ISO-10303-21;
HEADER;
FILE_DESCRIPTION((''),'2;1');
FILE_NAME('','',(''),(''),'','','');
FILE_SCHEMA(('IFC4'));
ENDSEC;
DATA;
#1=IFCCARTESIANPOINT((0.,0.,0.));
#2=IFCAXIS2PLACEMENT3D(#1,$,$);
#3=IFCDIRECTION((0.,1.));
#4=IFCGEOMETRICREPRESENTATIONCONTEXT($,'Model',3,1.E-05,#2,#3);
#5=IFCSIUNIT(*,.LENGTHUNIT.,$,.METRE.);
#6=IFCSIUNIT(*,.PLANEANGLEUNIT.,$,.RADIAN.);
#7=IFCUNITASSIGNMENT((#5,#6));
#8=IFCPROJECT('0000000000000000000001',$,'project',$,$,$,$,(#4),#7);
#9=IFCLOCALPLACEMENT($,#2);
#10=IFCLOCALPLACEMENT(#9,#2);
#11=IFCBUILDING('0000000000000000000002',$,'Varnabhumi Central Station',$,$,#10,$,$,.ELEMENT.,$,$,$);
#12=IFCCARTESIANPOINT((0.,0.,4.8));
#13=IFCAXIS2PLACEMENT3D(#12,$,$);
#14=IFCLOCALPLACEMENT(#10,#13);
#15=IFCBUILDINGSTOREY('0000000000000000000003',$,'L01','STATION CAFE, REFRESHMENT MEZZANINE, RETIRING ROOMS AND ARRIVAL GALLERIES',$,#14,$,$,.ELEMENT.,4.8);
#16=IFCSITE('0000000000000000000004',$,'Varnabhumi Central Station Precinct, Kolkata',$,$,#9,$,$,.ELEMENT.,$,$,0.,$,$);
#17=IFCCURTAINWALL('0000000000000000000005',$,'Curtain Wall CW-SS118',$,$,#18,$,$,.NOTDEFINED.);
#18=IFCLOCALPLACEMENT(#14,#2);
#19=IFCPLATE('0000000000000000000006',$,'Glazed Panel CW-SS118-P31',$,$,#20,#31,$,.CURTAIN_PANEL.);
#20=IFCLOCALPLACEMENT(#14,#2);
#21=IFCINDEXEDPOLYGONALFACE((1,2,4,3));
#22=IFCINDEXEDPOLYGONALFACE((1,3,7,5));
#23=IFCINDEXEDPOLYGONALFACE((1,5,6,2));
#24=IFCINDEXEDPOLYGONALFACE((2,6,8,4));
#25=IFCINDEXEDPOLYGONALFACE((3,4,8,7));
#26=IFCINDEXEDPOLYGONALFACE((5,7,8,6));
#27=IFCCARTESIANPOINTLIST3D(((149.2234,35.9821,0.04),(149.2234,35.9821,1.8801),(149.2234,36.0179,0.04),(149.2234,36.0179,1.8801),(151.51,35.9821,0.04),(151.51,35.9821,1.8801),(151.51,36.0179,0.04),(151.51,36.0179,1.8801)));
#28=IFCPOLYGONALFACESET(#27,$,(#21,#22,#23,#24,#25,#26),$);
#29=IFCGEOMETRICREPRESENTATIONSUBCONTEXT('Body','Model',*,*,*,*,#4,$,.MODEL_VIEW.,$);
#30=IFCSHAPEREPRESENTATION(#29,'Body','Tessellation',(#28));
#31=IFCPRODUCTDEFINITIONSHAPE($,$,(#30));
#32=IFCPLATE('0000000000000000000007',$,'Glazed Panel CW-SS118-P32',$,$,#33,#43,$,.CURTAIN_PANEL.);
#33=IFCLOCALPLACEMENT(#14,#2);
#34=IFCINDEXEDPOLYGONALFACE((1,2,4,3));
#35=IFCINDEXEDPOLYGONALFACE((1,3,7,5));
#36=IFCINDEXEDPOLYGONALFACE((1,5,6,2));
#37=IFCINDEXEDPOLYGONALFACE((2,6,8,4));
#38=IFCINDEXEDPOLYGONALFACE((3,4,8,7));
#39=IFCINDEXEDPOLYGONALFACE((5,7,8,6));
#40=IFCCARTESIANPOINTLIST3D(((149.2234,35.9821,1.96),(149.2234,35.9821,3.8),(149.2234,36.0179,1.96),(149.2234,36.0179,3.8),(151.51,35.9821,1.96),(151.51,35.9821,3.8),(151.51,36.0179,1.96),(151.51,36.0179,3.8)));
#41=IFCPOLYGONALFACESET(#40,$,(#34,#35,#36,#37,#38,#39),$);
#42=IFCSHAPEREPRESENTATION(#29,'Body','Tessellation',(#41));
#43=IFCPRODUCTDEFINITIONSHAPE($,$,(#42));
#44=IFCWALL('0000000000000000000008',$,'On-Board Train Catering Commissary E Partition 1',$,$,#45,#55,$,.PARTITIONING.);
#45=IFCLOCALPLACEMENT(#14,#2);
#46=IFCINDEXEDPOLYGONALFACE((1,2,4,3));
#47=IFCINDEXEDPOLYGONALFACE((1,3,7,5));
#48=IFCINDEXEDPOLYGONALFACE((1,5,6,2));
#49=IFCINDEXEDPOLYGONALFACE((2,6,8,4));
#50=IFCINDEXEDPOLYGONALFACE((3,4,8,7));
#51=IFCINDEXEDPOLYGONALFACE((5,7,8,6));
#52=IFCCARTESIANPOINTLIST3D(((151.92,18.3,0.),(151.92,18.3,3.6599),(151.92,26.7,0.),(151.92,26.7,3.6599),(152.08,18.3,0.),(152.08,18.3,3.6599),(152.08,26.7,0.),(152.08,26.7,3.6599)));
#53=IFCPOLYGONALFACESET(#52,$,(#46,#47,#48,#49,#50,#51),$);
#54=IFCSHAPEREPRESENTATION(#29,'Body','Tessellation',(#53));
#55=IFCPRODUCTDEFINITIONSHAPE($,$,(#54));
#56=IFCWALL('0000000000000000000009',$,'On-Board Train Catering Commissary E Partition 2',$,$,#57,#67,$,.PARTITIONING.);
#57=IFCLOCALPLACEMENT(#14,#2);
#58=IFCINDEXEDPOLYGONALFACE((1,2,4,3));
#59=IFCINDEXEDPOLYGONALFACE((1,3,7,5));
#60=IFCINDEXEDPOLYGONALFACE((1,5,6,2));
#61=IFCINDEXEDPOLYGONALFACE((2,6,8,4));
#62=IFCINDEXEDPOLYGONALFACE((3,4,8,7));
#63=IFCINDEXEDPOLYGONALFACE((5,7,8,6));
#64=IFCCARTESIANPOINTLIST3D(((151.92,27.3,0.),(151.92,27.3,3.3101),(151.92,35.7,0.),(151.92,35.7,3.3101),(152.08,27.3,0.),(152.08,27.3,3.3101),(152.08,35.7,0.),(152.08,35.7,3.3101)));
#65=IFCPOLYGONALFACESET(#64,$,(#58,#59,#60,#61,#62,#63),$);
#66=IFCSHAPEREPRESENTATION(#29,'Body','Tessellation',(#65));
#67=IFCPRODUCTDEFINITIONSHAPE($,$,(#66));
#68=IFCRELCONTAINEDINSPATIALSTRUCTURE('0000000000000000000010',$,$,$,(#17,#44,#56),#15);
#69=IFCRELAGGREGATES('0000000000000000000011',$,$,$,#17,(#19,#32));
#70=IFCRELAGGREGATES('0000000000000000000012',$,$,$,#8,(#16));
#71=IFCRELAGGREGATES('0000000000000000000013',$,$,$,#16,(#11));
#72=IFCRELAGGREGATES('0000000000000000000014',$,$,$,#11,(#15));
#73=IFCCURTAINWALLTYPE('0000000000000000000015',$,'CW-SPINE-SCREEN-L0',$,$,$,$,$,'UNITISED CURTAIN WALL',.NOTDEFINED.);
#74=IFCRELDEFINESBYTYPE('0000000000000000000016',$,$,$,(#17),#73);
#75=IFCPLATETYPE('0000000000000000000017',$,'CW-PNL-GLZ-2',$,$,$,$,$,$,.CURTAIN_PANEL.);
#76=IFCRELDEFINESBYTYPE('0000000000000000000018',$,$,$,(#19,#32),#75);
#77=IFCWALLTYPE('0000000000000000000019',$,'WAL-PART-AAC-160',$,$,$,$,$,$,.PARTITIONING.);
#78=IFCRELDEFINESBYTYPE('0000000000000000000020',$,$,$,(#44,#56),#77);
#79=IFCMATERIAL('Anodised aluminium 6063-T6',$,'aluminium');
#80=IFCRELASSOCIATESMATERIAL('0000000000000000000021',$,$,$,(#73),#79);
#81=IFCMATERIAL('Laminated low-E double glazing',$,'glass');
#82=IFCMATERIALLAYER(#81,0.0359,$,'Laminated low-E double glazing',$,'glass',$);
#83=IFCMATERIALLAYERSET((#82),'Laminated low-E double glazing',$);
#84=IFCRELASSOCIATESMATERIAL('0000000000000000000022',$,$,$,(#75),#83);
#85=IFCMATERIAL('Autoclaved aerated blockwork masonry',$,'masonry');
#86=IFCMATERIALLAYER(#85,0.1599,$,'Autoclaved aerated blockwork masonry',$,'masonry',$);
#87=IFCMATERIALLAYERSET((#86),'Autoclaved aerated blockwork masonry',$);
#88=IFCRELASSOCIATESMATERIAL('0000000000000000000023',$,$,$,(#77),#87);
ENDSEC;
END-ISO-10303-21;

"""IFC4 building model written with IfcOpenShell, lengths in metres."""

from ifc_helpers import new_model, si_unit, direction, frame, frame_2d, origin, origin_2d, place, context, subcontext, project, spatial, rectangle, extrude, material, layer, layer_set, type_object, element, aggregate, save


model = new_model("IFC4")

# Units and contexts
model_context = context("Model", 3, precision=1e-05, world=origin(), true_north=direction((0.0, 1.0)))
body_context = subcontext(model_context, "Body", "Model", "MODEL_VIEW")
ifc_project = project(units=[si_unit("LENGTHUNIT", "METRE"), si_unit("PLANEANGLEUNIT", "RADIAN")], contexts=[model_context])

# Site, building, storey
site_placement = place(None, origin())
site = spatial("IfcSite", under=ifc_project, at=site_placement, Name="Varnabhumi Central Station Precinct, Kolkata", CompositionType="ELEMENT", RefElevation=0.0)
building_placement = place(site_placement, origin())
building = spatial("IfcBuilding", under=site, at=building_placement, Name="Varnabhumi Central Station", CompositionType="ELEMENT")
storey_placement = place(building_placement, frame((0.0, 0.0, 4.8)))
storey = spatial("IfcBuildingStorey", under=building, at=storey_placement, Name="L01", Description="STATION CAFE, REFRESHMENT MEZZANINE, RETIRING ROOMS AND ARRIVAL GALLERIES", CompositionType="ELEMENT", Elevation=4.8)

# Curtain wall, plates
ifc_material_1 = material(Name="Anodised aluminium 6063-T6", Category="aluminium")
curtain_wall_type = type_object("IfcCurtainWallType", Name="CW-SPINE-SCREEN-L0", ElementType="UNITISED CURTAIN WALL", PredefinedType="NOTDEFINED", material=ifc_material_1)
curtain_wall_placement = place(storey_placement, origin())
curtain_wall = element("IfcCurtainWall", 1, at=curtain_wall_placement, inside=storey, type_object=curtain_wall_type, Name="Curtain Wall CW-SS118", PredefinedType="NOTDEFINED")
ifc_material_2 = material(Name="Laminated low-E double glazing", Category="glass")
ifc_layer_1 = layer(ifc_material_2, 0.0359, Name="Laminated low-E double glazing", Category="glass")
ifc_layer_set_1 = layer_set([ifc_layer_1], Name="Laminated low-E double glazing")
plate_type = type_object("IfcPlateType", Name="CW-PNL-GLZ-2", PredefinedType="CURTAIN_PANEL", material=ifc_layer_set_1)
plate_1_placement = place(storey_placement, frame((150.3667, 36.0, 0.04), z_axis=(0.0, 0.0, 1.0), x_axis=(1.0, 0.0, 0.0)))
plate_1 = element("IfcPlate", 2, at=plate_1_placement, type_object=plate_type, Name="Glazed Panel CW-SS118-P31", PredefinedType="CURTAIN_PANEL", context=body_context, shape_type="SweptSolid", body=[
    extrude(rectangle(XDim=2.2866, YDim=0.0359, at=origin_2d()), origin(), (0.0, 0.0, 1.0), 1.8401),
])
plate_2_placement = place(storey_placement, frame((150.3667, 36.0, 1.96), z_axis=(0.0, 0.0, 1.0), x_axis=(1.0, 0.0, 0.0)))
plate_2 = element("IfcPlate", 3, at=plate_2_placement, type_object=plate_type, Name="Glazed Panel CW-SS118-P32", PredefinedType="CURTAIN_PANEL", context=body_context, shape_type="SweptSolid", body=[
    extrude(rectangle(XDim=2.2866, YDim=0.0359, at=origin_2d()), origin(), (0.0, 0.0, 1.0), 1.8401),
])
aggregate(curtain_wall, [plate_1, plate_2])

# Walls
ifc_material_3 = material(Name="Autoclaved aerated blockwork masonry", Category="masonry")
ifc_layer_2 = layer(ifc_material_3, 0.1599, Name="Autoclaved aerated blockwork masonry", Category="masonry")
ifc_layer_set_2 = layer_set([ifc_layer_2], Name="Autoclaved aerated blockwork masonry")
wall_type = type_object("IfcWallType", Name="WAL-PART-AAC-160", PredefinedType="PARTITIONING", material=ifc_layer_set_2)
wall_1_placement = place(storey_placement, frame((152.0, 18.3, 0.0), z_axis=(0.0, 0.0, 1.0), x_axis=(0.0, 1.0, 0.0)))
element("IfcWall", 4, at=wall_1_placement, inside=storey, type_object=wall_type, Name="On-Board Train Catering Commissary E Partition 1", PredefinedType="PARTITIONING", context=body_context, shape_type="SweptSolid", body=[
    extrude(rectangle(XDim=8.3999, YDim=0.1599, at=frame_2d((4.2, 0.0))), origin(), (0.0, 0.0, 1.0), 3.6599),
])
wall_2_placement = place(storey_placement, frame((152.0, 27.3, 0.0), z_axis=(0.0, 0.0, 1.0), x_axis=(0.0, 1.0, 0.0)))
element("IfcWall", 5, at=wall_2_placement, inside=storey, type_object=wall_type, Name="On-Board Train Catering Commissary E Partition 2", PredefinedType="PARTITIONING", context=body_context, shape_type="SweptSolid", body=[
    extrude(rectangle(XDim=8.3999, YDim=0.1599, at=frame_2d((4.2, 0.0))), origin(), (0.0, 0.0, 1.0), 3.3101),
])

save(model, "model.ifc")
